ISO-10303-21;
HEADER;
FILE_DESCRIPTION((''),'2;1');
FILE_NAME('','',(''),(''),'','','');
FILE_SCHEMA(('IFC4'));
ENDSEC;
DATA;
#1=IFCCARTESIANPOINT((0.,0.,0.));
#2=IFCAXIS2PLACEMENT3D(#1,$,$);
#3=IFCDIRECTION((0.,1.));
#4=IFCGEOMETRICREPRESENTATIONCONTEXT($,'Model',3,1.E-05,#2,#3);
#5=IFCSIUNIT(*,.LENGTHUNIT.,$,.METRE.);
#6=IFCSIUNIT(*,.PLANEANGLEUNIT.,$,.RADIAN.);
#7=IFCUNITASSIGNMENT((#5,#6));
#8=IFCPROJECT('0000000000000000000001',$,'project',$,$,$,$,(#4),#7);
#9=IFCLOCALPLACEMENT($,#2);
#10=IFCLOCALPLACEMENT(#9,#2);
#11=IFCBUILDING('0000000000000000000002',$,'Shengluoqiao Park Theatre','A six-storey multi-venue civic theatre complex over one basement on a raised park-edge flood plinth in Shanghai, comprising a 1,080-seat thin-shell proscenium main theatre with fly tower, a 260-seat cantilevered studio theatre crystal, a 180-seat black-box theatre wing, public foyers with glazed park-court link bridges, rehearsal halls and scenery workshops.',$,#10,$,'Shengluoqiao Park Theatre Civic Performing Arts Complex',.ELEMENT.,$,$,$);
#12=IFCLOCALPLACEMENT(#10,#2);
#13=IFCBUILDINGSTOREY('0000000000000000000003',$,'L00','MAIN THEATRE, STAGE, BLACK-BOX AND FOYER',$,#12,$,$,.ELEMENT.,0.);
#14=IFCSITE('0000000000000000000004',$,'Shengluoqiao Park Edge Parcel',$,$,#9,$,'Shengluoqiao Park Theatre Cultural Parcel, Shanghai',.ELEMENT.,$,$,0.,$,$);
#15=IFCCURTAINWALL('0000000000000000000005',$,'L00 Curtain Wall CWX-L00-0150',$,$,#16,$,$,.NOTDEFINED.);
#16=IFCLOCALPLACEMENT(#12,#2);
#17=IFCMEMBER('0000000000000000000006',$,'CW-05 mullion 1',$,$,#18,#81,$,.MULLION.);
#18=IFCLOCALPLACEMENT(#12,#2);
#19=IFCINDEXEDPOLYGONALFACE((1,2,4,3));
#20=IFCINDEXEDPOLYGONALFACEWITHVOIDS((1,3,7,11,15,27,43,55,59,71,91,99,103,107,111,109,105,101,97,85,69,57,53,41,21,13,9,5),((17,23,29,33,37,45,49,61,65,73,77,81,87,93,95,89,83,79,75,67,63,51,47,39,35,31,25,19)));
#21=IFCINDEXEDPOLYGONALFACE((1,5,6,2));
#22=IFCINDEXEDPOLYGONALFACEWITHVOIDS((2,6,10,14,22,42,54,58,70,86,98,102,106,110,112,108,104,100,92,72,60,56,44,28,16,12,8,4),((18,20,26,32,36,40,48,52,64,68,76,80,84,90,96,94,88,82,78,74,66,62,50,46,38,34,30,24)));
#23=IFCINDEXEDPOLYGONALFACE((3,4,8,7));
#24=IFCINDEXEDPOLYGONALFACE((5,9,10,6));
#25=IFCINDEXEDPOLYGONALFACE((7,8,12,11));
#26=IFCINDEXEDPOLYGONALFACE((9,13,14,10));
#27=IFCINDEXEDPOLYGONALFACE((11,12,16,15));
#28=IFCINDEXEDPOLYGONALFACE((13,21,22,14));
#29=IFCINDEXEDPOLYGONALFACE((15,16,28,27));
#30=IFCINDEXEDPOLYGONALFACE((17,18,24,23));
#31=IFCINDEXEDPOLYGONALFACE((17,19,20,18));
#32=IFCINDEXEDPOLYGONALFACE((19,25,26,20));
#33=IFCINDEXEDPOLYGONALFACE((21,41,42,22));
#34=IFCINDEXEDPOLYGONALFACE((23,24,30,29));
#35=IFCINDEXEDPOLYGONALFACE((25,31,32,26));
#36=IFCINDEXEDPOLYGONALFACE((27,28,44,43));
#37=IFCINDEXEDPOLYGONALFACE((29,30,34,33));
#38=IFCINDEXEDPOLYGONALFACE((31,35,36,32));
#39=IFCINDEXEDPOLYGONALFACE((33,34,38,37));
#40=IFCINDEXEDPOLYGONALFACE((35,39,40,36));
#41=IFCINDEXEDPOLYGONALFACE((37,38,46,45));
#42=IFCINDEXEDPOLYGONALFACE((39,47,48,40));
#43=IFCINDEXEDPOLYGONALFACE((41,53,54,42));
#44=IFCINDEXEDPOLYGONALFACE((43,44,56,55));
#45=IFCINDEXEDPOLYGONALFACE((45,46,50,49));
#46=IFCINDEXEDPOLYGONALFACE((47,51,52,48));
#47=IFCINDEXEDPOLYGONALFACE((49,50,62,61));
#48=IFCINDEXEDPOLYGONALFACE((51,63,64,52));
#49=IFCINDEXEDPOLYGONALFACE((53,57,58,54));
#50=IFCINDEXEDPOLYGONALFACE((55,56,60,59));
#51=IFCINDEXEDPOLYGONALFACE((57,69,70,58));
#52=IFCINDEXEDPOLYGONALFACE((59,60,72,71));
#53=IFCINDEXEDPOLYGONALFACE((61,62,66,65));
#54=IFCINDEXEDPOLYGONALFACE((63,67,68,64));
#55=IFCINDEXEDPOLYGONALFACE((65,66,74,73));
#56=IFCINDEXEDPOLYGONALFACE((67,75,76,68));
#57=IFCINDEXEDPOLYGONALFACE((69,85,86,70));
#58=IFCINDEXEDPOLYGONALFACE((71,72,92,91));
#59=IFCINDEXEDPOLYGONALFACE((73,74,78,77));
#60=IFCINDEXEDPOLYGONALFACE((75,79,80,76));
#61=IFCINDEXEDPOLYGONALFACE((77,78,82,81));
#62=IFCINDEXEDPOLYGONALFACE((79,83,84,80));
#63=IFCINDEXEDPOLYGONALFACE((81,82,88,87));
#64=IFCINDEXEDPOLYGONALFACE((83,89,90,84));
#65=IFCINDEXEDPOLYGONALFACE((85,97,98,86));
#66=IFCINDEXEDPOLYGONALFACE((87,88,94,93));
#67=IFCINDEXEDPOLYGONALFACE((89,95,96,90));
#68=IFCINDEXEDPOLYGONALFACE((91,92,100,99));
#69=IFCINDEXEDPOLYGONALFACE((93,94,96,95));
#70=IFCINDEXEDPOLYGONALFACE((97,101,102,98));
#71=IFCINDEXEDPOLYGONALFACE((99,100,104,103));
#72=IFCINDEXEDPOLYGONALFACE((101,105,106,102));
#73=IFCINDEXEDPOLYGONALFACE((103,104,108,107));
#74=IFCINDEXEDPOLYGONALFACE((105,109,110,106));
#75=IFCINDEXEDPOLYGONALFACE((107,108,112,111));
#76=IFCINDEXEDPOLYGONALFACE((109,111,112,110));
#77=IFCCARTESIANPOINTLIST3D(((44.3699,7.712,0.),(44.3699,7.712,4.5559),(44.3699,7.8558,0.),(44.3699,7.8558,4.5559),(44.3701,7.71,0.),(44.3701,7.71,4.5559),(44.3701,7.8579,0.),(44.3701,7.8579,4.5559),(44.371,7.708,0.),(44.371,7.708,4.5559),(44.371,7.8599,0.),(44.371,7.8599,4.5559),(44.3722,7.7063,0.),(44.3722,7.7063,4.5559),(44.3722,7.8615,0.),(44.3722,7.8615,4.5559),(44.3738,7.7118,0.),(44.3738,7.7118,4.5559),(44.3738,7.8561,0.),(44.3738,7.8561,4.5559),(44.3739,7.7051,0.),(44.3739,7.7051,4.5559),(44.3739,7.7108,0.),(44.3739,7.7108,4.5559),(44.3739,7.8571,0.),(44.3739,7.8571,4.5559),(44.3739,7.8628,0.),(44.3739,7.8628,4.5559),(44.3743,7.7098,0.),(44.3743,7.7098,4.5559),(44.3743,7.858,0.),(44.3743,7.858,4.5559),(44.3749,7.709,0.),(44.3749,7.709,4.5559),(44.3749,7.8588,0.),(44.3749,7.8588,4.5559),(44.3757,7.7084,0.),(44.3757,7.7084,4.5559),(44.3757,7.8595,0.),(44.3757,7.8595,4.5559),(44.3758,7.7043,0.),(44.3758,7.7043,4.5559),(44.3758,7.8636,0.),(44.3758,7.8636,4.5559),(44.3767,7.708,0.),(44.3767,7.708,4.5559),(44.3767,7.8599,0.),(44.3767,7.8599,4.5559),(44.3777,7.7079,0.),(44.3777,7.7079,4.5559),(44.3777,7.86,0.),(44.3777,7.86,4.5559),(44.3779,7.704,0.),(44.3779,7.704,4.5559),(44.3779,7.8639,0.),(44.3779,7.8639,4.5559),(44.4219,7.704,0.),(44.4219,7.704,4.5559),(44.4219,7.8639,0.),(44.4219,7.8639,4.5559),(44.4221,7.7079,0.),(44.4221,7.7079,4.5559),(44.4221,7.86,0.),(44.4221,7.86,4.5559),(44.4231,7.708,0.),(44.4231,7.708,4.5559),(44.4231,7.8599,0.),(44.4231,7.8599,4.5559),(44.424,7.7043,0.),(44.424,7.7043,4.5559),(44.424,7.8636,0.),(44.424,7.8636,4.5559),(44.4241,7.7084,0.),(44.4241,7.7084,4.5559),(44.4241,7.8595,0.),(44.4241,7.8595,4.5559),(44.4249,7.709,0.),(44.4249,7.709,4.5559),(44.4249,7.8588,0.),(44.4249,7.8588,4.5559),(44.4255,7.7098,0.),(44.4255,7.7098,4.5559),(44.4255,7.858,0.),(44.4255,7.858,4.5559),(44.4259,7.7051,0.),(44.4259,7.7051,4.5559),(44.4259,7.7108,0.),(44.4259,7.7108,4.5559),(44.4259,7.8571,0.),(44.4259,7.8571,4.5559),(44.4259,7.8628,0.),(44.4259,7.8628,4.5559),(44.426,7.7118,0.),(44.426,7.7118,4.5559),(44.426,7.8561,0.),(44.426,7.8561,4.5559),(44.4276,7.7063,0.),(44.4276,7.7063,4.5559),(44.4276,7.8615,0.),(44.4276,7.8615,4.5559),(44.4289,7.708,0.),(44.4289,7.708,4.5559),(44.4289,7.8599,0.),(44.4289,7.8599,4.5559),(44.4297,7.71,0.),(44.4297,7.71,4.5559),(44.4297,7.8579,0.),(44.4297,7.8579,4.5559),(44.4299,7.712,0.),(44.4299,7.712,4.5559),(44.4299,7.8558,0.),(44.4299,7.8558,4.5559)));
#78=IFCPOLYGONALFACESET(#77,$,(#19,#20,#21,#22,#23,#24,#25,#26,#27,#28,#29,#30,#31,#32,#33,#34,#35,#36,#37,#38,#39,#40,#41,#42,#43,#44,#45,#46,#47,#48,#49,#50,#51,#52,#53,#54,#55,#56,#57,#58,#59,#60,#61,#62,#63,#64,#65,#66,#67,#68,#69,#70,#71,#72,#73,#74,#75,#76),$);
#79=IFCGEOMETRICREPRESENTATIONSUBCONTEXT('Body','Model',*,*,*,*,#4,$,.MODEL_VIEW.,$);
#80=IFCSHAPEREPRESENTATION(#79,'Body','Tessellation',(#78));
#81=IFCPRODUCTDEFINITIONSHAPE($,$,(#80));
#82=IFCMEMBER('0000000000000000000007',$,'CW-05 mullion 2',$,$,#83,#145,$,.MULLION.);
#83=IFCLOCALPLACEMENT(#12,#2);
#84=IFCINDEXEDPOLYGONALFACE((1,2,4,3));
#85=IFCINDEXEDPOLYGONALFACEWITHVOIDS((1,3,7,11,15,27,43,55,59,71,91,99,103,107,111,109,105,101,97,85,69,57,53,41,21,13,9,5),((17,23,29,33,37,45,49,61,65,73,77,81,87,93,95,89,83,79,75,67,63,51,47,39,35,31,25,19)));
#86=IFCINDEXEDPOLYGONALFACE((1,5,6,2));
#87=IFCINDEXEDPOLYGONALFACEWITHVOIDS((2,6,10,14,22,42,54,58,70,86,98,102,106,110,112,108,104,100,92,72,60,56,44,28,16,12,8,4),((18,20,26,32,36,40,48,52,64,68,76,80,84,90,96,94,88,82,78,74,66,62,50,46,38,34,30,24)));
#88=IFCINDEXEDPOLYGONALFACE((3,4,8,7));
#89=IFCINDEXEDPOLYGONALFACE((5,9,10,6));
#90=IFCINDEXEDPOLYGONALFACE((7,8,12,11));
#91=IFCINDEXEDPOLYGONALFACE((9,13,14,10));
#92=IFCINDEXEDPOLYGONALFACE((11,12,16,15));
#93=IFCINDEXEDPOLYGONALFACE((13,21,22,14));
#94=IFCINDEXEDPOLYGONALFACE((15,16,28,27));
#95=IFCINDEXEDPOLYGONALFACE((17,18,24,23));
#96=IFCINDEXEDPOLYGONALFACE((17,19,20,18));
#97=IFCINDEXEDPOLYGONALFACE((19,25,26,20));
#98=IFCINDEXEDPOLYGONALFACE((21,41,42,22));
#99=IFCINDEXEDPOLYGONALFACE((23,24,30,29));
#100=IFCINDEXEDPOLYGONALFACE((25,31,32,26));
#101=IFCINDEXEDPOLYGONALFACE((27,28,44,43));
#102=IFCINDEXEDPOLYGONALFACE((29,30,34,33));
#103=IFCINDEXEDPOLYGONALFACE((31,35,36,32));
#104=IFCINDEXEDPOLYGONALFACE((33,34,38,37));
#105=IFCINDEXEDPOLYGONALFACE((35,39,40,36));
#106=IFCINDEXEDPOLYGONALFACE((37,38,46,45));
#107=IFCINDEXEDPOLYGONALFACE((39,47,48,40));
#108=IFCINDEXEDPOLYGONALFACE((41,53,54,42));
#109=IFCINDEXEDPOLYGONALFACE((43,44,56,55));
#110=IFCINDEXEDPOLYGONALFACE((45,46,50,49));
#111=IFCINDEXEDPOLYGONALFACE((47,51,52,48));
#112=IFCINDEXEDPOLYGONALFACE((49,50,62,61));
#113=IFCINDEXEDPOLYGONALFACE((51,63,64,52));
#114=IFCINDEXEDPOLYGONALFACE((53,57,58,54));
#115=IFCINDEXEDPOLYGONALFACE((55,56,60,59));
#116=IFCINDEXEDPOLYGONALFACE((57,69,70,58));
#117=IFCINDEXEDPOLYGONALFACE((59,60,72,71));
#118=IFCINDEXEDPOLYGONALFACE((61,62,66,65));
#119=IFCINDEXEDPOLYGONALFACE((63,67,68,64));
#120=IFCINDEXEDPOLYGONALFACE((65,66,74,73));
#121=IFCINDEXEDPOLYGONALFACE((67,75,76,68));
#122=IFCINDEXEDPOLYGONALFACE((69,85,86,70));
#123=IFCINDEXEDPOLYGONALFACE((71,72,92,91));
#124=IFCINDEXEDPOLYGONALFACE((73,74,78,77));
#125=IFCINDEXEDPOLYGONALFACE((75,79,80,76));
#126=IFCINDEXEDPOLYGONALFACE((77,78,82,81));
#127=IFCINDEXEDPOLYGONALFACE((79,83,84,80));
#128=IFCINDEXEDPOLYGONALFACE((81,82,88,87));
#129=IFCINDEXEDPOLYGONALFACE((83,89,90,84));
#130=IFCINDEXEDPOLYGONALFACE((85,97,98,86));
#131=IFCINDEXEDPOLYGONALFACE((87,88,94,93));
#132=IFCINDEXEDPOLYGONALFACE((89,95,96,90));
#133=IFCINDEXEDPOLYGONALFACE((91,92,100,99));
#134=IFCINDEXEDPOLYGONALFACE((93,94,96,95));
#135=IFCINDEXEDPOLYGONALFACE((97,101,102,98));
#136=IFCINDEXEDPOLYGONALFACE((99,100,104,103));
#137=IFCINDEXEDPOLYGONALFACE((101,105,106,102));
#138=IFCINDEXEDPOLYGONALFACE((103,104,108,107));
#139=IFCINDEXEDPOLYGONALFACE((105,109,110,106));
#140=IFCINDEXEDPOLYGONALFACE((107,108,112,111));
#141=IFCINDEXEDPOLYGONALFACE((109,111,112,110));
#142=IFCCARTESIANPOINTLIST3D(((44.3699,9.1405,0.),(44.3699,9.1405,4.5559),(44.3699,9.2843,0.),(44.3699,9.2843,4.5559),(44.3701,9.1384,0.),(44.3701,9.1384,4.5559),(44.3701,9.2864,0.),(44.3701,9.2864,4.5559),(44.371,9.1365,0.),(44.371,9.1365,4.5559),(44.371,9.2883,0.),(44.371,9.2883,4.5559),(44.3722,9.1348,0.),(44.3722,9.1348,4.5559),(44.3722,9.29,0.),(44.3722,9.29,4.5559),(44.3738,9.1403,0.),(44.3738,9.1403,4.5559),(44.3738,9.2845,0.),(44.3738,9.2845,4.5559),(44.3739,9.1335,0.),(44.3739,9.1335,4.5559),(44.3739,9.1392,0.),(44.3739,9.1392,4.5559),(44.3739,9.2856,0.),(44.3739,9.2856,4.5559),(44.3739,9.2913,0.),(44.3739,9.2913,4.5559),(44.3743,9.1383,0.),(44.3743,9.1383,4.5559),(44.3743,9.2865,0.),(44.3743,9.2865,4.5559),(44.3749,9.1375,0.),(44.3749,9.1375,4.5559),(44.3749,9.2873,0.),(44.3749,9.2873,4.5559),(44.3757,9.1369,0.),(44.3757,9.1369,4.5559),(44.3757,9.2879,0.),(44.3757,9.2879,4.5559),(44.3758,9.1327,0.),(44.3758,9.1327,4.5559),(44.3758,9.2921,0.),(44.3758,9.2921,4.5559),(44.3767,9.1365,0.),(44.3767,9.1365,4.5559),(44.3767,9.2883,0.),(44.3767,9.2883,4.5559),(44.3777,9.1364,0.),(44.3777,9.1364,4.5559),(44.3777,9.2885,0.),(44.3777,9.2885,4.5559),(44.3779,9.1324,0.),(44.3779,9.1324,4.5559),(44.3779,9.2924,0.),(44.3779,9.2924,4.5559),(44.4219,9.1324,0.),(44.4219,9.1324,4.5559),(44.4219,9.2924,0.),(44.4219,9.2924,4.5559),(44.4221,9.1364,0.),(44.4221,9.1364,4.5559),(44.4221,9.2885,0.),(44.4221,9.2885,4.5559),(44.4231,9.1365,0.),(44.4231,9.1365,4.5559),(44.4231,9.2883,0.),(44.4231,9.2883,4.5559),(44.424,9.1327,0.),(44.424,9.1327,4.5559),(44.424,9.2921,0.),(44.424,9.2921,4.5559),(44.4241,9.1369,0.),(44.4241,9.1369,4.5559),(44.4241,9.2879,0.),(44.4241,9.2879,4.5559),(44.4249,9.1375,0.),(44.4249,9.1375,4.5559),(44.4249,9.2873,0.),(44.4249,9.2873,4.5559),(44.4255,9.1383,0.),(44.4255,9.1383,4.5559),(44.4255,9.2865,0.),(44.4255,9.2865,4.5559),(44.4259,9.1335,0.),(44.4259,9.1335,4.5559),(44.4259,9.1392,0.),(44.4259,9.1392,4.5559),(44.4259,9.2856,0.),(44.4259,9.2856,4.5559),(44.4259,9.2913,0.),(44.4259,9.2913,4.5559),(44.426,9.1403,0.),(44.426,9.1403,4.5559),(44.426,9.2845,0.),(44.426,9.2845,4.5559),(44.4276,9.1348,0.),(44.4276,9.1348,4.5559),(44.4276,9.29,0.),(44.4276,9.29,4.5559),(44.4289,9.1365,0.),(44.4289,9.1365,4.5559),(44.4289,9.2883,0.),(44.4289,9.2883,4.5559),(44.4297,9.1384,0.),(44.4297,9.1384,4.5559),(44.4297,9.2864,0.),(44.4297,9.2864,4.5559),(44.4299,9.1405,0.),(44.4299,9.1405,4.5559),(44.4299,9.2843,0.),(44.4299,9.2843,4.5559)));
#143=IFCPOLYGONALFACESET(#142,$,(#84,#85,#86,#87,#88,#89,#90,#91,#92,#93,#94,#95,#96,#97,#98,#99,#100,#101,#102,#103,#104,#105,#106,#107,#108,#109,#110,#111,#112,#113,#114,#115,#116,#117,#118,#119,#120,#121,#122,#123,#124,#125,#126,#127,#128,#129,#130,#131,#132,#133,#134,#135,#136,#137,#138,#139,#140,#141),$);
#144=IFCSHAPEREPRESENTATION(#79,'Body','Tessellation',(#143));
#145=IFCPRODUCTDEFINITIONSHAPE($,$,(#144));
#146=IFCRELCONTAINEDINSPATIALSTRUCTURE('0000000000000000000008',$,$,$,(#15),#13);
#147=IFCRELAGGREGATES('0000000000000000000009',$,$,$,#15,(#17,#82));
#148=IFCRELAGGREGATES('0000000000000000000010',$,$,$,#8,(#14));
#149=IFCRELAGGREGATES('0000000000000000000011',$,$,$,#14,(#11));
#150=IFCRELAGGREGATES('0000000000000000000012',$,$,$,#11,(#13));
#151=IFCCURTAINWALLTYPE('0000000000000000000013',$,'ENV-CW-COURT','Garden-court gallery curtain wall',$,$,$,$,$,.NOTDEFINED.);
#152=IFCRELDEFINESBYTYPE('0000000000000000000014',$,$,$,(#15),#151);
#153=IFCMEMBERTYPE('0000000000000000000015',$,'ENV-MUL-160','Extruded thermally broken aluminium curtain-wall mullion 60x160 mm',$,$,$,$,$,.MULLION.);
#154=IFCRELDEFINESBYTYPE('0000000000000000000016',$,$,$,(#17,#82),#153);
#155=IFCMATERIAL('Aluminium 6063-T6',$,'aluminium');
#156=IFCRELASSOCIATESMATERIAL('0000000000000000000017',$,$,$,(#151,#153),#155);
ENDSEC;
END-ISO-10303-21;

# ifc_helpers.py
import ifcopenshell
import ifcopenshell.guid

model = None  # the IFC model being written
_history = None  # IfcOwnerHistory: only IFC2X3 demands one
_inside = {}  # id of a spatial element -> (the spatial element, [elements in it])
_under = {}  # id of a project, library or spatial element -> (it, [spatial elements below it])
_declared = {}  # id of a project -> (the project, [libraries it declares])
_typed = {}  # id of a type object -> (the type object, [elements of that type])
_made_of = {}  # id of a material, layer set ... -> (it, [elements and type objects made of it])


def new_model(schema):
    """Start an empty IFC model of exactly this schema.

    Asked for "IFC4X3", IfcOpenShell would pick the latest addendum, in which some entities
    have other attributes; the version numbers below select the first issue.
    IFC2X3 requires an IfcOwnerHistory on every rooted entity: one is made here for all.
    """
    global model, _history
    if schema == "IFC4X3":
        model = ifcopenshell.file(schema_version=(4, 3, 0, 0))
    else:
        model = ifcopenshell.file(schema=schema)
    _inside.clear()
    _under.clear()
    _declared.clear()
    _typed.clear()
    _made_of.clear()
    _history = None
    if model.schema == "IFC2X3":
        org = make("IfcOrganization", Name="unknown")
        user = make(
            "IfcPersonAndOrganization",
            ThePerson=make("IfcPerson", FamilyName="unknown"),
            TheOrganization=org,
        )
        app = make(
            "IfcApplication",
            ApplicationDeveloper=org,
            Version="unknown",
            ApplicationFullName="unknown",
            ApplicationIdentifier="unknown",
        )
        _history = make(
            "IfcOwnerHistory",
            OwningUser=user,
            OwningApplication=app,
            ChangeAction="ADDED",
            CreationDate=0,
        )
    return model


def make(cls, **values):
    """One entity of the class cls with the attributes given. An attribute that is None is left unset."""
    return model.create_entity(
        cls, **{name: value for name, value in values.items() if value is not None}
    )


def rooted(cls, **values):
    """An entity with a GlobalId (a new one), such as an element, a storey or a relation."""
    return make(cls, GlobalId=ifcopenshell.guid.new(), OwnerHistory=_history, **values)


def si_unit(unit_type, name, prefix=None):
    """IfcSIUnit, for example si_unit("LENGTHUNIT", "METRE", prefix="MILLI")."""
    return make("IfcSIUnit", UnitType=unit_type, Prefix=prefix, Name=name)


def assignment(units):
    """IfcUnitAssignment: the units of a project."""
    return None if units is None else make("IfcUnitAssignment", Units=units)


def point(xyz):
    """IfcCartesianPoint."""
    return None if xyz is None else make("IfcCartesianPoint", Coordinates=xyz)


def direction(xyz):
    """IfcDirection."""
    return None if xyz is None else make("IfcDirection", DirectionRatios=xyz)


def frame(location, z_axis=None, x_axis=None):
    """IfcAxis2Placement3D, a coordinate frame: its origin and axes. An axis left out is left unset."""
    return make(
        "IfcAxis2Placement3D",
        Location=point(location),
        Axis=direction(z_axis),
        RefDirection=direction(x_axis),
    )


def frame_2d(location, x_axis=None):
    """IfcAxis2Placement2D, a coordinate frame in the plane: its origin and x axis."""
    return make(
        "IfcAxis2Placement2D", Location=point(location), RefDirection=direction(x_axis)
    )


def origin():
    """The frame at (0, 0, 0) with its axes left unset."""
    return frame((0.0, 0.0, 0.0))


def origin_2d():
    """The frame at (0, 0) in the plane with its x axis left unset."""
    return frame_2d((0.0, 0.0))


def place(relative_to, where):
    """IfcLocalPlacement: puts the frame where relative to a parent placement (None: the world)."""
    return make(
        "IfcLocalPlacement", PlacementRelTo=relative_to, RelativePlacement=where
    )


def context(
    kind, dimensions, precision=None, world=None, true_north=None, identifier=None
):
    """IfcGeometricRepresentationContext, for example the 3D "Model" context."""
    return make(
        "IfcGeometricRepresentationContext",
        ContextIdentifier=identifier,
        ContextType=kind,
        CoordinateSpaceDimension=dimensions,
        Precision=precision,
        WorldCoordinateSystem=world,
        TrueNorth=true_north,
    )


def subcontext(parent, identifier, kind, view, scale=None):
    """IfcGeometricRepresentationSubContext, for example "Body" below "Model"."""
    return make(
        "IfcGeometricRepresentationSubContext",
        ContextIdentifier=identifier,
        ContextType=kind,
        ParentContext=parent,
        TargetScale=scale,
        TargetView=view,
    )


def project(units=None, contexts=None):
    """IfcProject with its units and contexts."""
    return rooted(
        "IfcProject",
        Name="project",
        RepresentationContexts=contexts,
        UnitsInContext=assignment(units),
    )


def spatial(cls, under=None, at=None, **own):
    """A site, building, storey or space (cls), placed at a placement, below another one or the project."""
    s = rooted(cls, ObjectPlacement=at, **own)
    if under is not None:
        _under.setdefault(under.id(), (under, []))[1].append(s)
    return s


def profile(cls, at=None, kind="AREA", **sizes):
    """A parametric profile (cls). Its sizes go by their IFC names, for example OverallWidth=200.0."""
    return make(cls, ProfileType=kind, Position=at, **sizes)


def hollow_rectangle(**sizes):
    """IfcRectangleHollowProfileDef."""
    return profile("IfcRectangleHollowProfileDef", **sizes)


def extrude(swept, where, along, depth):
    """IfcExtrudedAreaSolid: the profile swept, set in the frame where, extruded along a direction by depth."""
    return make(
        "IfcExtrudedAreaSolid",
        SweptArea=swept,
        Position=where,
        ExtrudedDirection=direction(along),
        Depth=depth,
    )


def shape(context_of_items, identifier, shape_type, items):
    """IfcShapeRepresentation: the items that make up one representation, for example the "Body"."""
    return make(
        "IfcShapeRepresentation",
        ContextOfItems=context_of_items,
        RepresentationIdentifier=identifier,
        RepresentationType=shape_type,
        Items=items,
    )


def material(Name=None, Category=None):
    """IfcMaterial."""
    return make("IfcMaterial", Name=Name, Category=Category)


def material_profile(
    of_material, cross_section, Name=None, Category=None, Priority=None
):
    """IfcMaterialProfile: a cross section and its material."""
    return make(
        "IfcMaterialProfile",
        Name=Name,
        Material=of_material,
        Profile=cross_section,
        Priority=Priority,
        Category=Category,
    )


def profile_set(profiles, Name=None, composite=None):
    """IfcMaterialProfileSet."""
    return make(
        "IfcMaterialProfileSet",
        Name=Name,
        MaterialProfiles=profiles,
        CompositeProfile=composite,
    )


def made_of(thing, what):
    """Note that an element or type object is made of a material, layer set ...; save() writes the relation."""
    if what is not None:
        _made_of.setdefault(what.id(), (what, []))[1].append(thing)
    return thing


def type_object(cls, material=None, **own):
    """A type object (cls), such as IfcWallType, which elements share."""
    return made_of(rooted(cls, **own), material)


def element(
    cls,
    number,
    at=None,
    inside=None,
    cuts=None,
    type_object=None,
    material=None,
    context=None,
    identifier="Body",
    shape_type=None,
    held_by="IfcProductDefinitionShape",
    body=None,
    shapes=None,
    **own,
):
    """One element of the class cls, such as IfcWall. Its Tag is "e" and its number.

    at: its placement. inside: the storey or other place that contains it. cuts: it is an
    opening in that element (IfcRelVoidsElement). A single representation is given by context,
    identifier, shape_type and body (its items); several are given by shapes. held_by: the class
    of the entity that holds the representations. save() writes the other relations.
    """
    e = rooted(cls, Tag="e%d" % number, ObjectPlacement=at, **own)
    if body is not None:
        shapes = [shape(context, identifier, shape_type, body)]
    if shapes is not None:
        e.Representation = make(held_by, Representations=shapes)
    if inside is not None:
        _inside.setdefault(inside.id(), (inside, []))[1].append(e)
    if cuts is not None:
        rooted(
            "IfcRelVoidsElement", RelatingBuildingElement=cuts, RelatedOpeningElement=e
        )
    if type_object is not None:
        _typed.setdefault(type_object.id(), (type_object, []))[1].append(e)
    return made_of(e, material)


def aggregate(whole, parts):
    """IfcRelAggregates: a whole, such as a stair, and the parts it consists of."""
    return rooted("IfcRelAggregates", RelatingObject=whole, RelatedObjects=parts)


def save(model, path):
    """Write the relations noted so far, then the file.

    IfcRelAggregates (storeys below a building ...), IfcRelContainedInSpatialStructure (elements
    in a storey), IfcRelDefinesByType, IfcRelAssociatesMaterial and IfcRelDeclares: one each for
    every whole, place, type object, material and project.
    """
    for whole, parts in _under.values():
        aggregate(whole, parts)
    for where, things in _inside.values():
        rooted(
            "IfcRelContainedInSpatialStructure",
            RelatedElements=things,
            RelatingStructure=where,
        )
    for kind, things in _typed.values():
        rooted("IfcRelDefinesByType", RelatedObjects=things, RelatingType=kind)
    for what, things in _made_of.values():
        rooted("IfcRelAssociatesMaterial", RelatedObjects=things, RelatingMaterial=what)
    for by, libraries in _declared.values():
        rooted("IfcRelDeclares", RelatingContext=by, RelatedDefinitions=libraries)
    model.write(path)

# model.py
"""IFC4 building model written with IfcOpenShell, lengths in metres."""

from ifc_helpers import new_model, si_unit, direction, frame, origin, origin_2d, place, context, subcontext, project, spatial, hollow_rectangle, extrude, material, material_profile, profile_set, type_object, element, aggregate, save


model = new_model("IFC4")

# Units and contexts
model_context = context("Model", 3, precision=1e-05, world=origin(), true_north=direction((0.0, 1.0)))
body_context = subcontext(model_context, "Body", "Model", "MODEL_VIEW")
ifc_project = project(units=[si_unit("LENGTHUNIT", "METRE"), si_unit("PLANEANGLEUNIT", "RADIAN")], contexts=[model_context])

# Site, building, storey
site_placement = place(None, origin())
site = spatial("IfcSite", under=ifc_project, at=site_placement, Name="Shengluoqiao Park Edge Parcel", LongName="Shengluoqiao Park Theatre Cultural Parcel, Shanghai", CompositionType="ELEMENT", RefElevation=0.0)
building_placement = place(site_placement, origin())
building = spatial("IfcBuilding", under=site, at=building_placement, Name="Shengluoqiao Park Theatre", Description="A six-storey multi-venue civic theatre complex over one basement on a raised park-edge flood plinth in Shanghai, comprising a 1,080-seat thin-shell proscenium main theatre with fly tower, a 260-seat cantilevered studio theatre crystal, a 180-seat black-box theatre wing, public foyers with glazed park-court link bridges, rehearsal halls and scenery workshops.", LongName="Shengluoqiao Park Theatre Civic Performing Arts Complex", CompositionType="ELEMENT")
storey_placement = place(building_placement, origin())
storey = spatial("IfcBuildingStorey", under=building, at=storey_placement, Name="L00", Description="MAIN THEATRE, STAGE, BLACK-BOX AND FOYER", CompositionType="ELEMENT", Elevation=0.0)

# Curtain wall, members
ifc_material_1 = material(Name="Aluminium 6063-T6", Category="aluminium")
curtain_wall_type = type_object("IfcCurtainWallType", Name="ENV-CW-COURT", Description="Garden-court gallery curtain wall", PredefinedType="NOTDEFINED", material=ifc_material_1)
ifc_material_profile_1 = material_profile(ifc_material_1, hollow_rectangle(XDim=0.0601, YDim=0.1599, WallThickness=0.0039, InnerFilletRadius=0.0039, OuterFilletRadius=0.0081, at=origin_2d()), Name="ALU MULLION 160x60x4")
ifc_profile_set_1 = profile_set([ifc_material_profile_1], Name="Aluminium 6063-T6")
member_type_1 = type_object("IfcMemberType", Name="ENV-MUL-160", Description="Extruded thermally broken aluminium curtain-wall mullion 60x160 mm", PredefinedType="MULLION", material=ifc_profile_set_1)
curtain_wall_1_placement = place(storey_placement, origin())
curtain_wall_1 = element("IfcCurtainWall", 1, at=curtain_wall_1_placement, inside=storey, type_object=curtain_wall_type, Name="L00 Curtain Wall CWX-L00-0150", PredefinedType="NOTDEFINED")
member_1_placement = place(storey_placement, frame((44.3999, 7.7839, 0.0), z_axis=(0.0, 0.0, 1.0), x_axis=(-1.0, 0.0, 0.0)))
member_1 = element("IfcMember", 2, at=member_1_placement, type_object=member_type_1, Name="CW-05 mullion 1", PredefinedType="MULLION", context=body_context, shape_type="SweptSolid", body=[
    extrude(hollow_rectangle(XDim=0.0601, YDim=0.1599, WallThickness=0.0039, InnerFilletRadius=0.0039, OuterFilletRadius=0.0081, at=origin_2d()), origin(), (0.0, 0.0, 1.0), 4.5559),
])
member_2_placement = place(storey_placement, frame((44.3999, 9.2124, 0.0), z_axis=(0.0, 0.0, 1.0), x_axis=(-1.0, 0.0, 0.0)))
member_2 = element("IfcMember", 3, at=member_2_placement, type_object=member_type_1, Name="CW-05 mullion 2", PredefinedType="MULLION", context=body_context, shape_type="SweptSolid", body=[
    extrude(hollow_rectangle(XDim=0.0601, YDim=0.1599, WallThickness=0.0039, InnerFilletRadius=0.0039, OuterFilletRadius=0.0081, at=origin_2d()), origin(), (0.0, 0.0, 1.0), 4.5559),
])

aggregate(curtain_wall_1, [member_1, member_2])

save(model, "model.ifc")
